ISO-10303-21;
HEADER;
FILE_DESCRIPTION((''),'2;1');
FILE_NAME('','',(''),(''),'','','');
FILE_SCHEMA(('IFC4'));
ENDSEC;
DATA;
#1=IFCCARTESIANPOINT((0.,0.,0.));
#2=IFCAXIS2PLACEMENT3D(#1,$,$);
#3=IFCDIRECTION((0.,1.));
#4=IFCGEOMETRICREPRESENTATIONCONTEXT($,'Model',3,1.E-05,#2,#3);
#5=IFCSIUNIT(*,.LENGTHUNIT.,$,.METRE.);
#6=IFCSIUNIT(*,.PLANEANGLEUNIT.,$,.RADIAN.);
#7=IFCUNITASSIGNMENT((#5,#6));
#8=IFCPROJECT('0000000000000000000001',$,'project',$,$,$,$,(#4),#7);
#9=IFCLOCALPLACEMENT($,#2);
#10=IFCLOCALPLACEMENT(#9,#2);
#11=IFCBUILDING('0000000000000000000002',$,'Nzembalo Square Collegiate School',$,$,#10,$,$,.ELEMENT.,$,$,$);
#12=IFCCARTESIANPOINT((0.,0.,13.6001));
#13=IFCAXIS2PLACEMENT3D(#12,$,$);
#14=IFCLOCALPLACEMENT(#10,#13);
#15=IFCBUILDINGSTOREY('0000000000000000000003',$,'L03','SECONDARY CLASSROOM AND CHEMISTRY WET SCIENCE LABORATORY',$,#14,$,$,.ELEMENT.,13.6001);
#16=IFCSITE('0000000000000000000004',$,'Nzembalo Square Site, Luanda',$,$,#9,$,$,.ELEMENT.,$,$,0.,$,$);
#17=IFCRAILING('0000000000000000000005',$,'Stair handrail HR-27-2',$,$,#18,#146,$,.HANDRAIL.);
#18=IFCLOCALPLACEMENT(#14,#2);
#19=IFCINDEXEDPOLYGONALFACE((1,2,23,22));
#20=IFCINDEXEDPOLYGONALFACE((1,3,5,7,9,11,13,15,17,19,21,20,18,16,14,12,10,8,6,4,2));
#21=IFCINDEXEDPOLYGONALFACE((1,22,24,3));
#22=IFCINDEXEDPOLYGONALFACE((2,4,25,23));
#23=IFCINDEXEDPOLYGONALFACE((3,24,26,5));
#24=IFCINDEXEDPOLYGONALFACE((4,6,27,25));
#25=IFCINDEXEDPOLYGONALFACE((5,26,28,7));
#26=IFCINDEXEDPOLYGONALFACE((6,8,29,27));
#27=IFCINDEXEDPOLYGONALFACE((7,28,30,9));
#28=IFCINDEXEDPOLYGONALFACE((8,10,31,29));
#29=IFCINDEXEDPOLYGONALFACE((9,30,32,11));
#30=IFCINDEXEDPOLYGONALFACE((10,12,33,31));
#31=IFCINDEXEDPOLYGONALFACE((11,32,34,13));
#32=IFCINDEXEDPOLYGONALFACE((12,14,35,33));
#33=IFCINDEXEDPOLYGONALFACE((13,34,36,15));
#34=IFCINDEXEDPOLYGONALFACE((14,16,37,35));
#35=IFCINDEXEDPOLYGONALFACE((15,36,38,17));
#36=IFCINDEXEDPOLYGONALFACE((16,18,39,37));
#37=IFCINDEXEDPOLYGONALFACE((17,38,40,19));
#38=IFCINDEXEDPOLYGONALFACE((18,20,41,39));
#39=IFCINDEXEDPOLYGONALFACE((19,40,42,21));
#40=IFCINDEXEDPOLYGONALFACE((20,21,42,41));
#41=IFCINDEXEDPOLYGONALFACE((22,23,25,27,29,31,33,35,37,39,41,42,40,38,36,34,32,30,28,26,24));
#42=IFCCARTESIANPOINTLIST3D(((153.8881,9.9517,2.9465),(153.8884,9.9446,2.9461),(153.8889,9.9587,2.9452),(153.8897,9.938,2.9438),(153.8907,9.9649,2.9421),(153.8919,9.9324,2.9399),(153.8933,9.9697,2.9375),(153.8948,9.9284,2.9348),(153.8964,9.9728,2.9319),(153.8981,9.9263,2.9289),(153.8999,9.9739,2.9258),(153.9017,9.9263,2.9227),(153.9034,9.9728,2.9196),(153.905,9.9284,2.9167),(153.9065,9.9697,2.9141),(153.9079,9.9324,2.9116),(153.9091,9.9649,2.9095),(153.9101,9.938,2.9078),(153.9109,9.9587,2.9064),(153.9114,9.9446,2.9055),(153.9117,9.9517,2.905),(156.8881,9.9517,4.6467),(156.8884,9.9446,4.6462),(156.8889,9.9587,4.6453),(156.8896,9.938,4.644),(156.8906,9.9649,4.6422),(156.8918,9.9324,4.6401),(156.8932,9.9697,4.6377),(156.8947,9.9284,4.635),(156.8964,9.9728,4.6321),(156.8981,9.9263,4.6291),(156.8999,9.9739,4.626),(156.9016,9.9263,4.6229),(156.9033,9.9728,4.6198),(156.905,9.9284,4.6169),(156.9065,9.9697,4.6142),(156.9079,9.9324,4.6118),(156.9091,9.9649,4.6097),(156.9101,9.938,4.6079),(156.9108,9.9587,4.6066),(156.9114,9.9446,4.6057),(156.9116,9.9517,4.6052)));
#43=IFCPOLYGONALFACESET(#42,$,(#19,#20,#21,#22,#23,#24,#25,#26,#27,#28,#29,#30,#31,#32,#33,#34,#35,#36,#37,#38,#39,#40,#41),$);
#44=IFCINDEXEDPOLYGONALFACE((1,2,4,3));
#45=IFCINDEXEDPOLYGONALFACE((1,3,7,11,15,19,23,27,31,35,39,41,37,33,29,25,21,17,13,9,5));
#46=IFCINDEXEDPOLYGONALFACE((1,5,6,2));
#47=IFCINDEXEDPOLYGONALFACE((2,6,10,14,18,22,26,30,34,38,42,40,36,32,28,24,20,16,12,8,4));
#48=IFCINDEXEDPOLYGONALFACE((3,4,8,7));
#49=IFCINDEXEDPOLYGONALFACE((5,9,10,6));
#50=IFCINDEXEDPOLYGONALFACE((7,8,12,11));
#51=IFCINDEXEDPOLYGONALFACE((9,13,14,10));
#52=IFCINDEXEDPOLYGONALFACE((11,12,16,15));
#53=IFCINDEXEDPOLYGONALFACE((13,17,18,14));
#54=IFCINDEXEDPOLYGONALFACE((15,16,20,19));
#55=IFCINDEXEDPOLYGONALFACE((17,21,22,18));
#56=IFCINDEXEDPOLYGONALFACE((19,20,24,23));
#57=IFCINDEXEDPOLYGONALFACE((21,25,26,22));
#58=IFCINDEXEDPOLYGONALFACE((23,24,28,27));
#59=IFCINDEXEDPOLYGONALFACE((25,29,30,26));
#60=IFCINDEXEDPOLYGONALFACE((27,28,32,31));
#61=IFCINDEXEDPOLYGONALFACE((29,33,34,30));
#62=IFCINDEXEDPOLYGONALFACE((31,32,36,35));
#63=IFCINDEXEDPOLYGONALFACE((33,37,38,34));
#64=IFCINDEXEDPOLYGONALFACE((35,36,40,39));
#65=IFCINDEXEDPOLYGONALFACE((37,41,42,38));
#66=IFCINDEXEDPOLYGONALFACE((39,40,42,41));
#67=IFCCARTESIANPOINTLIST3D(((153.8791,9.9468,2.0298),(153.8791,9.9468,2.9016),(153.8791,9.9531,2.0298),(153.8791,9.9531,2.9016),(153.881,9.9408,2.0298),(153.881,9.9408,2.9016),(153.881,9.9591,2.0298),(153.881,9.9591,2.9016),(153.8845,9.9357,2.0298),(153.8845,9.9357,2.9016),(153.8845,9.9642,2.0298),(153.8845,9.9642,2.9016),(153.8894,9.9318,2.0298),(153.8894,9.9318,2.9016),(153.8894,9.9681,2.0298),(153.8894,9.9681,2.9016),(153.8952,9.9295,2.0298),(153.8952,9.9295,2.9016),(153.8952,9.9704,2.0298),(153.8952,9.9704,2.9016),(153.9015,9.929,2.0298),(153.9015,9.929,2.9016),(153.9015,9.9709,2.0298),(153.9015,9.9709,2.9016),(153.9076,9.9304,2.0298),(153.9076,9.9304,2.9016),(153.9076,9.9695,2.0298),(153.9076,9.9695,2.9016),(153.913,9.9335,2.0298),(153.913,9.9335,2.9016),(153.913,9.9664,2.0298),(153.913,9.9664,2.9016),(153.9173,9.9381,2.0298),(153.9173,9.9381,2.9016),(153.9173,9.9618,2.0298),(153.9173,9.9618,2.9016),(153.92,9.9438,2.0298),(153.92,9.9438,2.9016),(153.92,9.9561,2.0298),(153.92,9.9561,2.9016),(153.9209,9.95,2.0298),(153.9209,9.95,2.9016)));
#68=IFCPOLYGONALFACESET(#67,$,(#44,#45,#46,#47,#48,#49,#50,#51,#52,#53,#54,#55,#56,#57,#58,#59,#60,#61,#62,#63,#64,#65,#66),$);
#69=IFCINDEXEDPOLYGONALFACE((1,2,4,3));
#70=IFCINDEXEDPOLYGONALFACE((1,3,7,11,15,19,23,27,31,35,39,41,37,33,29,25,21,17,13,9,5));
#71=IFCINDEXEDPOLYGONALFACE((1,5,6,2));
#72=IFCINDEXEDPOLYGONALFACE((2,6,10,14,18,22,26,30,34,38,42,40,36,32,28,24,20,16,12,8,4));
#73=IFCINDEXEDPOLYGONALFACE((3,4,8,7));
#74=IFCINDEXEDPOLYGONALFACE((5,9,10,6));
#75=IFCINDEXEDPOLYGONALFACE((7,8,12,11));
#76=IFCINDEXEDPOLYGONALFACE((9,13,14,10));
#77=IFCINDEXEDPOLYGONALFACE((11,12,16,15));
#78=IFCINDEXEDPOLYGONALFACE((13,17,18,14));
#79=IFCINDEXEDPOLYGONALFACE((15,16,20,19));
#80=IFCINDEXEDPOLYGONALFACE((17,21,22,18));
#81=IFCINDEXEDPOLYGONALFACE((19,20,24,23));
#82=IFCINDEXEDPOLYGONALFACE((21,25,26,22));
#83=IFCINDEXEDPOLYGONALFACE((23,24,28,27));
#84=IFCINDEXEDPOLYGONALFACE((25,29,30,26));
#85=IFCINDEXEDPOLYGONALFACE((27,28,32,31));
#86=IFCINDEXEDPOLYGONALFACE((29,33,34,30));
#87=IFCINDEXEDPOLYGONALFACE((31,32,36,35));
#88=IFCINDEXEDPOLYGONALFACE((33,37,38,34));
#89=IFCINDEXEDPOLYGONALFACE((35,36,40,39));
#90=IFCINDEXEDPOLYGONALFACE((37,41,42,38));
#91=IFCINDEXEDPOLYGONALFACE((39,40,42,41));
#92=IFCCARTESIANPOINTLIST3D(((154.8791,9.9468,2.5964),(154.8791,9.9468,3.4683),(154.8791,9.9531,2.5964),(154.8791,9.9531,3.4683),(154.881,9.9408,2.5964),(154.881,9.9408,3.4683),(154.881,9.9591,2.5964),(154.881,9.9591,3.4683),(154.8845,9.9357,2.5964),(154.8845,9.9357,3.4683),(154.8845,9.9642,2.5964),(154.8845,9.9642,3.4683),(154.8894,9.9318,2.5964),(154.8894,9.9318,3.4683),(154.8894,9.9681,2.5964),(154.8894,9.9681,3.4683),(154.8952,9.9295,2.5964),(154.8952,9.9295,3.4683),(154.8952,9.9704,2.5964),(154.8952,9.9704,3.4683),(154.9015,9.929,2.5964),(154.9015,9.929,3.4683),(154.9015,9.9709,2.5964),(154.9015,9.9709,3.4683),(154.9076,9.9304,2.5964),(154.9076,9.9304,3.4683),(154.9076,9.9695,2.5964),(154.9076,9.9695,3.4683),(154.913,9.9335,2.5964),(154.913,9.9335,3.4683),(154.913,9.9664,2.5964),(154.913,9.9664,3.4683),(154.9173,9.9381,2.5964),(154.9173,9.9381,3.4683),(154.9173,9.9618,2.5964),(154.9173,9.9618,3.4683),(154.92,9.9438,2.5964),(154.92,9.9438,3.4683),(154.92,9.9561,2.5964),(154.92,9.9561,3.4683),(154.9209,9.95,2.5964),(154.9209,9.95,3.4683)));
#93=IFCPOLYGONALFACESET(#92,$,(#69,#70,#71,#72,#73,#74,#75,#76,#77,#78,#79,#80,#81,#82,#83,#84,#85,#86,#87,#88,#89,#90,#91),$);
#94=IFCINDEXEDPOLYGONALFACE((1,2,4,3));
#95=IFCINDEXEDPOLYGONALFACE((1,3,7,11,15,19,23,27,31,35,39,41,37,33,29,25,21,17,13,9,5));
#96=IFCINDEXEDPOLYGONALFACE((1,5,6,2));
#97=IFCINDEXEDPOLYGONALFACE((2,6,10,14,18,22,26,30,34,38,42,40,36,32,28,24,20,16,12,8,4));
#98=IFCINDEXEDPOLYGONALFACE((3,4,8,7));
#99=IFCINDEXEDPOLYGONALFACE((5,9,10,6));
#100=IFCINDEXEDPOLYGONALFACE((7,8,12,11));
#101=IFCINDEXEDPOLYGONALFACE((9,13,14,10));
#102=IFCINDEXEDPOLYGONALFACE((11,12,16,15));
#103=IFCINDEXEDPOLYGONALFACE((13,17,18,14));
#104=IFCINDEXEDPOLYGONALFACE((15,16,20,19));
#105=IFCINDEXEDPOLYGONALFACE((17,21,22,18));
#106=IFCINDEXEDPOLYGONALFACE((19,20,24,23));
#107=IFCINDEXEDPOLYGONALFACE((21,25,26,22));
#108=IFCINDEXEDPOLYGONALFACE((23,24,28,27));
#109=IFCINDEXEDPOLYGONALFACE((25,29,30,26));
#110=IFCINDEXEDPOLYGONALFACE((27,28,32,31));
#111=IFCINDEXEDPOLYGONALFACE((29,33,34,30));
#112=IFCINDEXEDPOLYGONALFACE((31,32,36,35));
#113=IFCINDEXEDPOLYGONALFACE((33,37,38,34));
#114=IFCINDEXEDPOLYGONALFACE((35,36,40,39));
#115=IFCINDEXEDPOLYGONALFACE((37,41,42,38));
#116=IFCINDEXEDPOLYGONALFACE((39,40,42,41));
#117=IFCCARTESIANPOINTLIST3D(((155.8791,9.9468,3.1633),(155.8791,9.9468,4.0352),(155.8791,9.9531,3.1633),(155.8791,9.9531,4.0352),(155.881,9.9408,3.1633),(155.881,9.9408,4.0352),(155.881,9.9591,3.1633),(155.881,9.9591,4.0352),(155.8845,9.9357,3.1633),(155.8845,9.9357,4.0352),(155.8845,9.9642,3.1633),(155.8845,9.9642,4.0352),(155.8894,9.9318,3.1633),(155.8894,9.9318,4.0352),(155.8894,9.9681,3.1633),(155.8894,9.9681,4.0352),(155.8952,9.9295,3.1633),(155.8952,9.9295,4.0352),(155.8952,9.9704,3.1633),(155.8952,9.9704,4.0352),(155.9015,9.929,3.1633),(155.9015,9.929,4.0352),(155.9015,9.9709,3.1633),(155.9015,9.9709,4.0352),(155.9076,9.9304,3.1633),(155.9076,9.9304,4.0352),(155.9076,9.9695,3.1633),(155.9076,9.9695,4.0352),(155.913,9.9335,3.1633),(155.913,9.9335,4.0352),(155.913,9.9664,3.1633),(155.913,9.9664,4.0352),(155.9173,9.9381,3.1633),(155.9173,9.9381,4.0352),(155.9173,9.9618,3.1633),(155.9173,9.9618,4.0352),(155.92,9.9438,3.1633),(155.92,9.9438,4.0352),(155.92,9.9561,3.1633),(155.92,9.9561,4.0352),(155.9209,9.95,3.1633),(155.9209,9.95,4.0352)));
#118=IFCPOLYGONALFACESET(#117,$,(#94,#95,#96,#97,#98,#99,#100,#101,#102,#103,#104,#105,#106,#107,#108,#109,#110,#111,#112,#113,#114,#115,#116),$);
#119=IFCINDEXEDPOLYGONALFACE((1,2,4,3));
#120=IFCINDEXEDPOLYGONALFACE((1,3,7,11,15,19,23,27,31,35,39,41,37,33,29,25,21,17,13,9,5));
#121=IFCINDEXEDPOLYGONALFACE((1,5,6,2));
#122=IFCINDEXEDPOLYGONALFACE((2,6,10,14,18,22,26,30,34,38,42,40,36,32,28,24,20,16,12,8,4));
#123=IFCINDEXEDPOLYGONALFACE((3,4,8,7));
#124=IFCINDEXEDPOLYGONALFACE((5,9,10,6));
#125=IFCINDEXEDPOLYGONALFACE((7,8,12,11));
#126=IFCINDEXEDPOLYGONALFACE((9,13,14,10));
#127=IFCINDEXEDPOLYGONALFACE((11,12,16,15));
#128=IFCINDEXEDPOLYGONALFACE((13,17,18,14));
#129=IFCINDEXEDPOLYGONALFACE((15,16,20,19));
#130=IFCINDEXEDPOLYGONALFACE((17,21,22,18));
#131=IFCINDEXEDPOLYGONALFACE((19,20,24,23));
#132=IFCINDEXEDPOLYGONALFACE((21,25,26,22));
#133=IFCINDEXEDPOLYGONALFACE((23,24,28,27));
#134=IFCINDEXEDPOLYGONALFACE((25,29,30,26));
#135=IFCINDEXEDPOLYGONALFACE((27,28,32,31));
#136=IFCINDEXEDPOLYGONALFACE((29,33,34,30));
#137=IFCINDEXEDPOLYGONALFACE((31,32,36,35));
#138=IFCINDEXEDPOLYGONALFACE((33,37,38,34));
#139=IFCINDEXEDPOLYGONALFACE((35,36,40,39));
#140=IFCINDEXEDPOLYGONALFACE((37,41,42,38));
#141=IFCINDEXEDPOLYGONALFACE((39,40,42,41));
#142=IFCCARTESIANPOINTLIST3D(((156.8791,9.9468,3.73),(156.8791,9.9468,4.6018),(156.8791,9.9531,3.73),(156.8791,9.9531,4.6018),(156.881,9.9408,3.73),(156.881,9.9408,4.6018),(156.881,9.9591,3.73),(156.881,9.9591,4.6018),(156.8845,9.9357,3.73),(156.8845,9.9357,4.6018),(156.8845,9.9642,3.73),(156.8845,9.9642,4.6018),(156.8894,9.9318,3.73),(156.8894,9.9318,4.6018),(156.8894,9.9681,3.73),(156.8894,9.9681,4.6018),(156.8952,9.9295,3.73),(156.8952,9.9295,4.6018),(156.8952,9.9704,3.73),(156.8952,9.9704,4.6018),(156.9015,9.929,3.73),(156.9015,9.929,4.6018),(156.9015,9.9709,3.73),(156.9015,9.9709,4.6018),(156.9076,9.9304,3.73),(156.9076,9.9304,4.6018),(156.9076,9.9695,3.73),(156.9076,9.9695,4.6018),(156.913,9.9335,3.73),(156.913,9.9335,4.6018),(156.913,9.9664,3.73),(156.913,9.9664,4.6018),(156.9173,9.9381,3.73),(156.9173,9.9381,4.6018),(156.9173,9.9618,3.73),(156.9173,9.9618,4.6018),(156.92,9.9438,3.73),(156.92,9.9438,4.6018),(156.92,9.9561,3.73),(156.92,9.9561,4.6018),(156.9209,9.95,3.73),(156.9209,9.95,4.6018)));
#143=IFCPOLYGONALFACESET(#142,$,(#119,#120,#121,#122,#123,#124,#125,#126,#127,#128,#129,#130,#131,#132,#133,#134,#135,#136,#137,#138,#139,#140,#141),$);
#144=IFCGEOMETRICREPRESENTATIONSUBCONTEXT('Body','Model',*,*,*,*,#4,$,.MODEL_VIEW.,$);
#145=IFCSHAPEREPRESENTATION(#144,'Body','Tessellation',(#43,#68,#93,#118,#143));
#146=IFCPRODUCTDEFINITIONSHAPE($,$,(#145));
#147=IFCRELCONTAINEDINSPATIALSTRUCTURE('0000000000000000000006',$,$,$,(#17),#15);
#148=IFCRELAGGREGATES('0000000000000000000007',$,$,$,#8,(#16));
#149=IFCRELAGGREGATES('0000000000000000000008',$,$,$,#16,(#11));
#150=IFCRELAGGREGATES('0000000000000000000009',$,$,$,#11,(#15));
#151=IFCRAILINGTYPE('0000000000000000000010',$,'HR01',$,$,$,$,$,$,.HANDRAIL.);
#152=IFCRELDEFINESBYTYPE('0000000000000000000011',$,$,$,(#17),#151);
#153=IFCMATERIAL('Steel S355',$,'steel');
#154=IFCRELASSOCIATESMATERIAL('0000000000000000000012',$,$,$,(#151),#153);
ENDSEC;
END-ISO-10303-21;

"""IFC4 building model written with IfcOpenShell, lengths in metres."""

from ifc_helpers import new_model, si_unit, direction, frame, origin, origin_2d, place, context, subcontext, project, spatial, circle, extrude, material, type_object, element, save


model = new_model("IFC4")

# Units and contexts
model_context = context("Model", 3, precision=1e-05, world=origin(), true_north=direction((0.0, 1.0)))
body_context = subcontext(model_context, "Body", "Model", "MODEL_VIEW")
ifc_project = project(units=[si_unit("LENGTHUNIT", "METRE"), si_unit("PLANEANGLEUNIT", "RADIAN")], contexts=[model_context])

# Site, building, storey
site_placement = place(None, origin())
site = spatial("IfcSite", under=ifc_project, at=site_placement, Name="Nzembalo Square Site, Luanda", CompositionType="ELEMENT", RefElevation=0.0)
building_placement = place(site_placement, origin())
building = spatial("IfcBuilding", under=site, at=building_placement, Name="Nzembalo Square Collegiate School", CompositionType="ELEMENT")
storey_placement = place(building_placement, frame((0.0, 0.0, 13.6001)))
storey = spatial("IfcBuildingStorey", under=building, at=storey_placement, Name="L03", Description="SECONDARY CLASSROOM AND CHEMISTRY WET SCIENCE LABORATORY", CompositionType="ELEMENT", Elevation=13.6001)

# Railing
ifc_material_1 = material(Name="Steel S355", Category="steel")
railing_type_1 = type_object("IfcRailingType", Name="HR01", PredefinedType="HANDRAIL", material=ifc_material_1)
railing_1_placement = place(storey_placement, frame((153.8999, 9.95, 2.0298)))
element("IfcRailing", 1, at=railing_1_placement, inside=storey, type_object=railing_type_1, Name="Stair handrail HR-27-2", PredefinedType="HANDRAIL", context=body_context, shape_type="SweptSolid", body=[
    extrude(circle(Radius=0.0239, at=origin_2d()), frame((0.0, 0.0, 0.896), z_axis=(0.869998, 0.0, 0.493055), x_axis=(0.0, 1.0, 0.0)), (0.0, 0.0, 1.0), 3.4482),
    extrude(circle(Radius=0.021, at=origin_2d()), origin(), (0.0, 0.0, 1.0), 0.8718),
    extrude(circle(Radius=0.021, at=origin_2d()), frame((1.0, 0.0, 0.5667)), (0.0, 0.0, 1.0), 0.8718),
    extrude(circle(Radius=0.021, at=origin_2d()), frame((2.0, 0.0, 1.1335)), (0.0, 0.0, 1.0), 0.8718),
    extrude(circle(Radius=0.021, at=origin_2d()), frame((3.0, 0.0, 1.7002)), (0.0, 0.0, 1.0), 0.8718),
])

save(model, "model.ifc")
